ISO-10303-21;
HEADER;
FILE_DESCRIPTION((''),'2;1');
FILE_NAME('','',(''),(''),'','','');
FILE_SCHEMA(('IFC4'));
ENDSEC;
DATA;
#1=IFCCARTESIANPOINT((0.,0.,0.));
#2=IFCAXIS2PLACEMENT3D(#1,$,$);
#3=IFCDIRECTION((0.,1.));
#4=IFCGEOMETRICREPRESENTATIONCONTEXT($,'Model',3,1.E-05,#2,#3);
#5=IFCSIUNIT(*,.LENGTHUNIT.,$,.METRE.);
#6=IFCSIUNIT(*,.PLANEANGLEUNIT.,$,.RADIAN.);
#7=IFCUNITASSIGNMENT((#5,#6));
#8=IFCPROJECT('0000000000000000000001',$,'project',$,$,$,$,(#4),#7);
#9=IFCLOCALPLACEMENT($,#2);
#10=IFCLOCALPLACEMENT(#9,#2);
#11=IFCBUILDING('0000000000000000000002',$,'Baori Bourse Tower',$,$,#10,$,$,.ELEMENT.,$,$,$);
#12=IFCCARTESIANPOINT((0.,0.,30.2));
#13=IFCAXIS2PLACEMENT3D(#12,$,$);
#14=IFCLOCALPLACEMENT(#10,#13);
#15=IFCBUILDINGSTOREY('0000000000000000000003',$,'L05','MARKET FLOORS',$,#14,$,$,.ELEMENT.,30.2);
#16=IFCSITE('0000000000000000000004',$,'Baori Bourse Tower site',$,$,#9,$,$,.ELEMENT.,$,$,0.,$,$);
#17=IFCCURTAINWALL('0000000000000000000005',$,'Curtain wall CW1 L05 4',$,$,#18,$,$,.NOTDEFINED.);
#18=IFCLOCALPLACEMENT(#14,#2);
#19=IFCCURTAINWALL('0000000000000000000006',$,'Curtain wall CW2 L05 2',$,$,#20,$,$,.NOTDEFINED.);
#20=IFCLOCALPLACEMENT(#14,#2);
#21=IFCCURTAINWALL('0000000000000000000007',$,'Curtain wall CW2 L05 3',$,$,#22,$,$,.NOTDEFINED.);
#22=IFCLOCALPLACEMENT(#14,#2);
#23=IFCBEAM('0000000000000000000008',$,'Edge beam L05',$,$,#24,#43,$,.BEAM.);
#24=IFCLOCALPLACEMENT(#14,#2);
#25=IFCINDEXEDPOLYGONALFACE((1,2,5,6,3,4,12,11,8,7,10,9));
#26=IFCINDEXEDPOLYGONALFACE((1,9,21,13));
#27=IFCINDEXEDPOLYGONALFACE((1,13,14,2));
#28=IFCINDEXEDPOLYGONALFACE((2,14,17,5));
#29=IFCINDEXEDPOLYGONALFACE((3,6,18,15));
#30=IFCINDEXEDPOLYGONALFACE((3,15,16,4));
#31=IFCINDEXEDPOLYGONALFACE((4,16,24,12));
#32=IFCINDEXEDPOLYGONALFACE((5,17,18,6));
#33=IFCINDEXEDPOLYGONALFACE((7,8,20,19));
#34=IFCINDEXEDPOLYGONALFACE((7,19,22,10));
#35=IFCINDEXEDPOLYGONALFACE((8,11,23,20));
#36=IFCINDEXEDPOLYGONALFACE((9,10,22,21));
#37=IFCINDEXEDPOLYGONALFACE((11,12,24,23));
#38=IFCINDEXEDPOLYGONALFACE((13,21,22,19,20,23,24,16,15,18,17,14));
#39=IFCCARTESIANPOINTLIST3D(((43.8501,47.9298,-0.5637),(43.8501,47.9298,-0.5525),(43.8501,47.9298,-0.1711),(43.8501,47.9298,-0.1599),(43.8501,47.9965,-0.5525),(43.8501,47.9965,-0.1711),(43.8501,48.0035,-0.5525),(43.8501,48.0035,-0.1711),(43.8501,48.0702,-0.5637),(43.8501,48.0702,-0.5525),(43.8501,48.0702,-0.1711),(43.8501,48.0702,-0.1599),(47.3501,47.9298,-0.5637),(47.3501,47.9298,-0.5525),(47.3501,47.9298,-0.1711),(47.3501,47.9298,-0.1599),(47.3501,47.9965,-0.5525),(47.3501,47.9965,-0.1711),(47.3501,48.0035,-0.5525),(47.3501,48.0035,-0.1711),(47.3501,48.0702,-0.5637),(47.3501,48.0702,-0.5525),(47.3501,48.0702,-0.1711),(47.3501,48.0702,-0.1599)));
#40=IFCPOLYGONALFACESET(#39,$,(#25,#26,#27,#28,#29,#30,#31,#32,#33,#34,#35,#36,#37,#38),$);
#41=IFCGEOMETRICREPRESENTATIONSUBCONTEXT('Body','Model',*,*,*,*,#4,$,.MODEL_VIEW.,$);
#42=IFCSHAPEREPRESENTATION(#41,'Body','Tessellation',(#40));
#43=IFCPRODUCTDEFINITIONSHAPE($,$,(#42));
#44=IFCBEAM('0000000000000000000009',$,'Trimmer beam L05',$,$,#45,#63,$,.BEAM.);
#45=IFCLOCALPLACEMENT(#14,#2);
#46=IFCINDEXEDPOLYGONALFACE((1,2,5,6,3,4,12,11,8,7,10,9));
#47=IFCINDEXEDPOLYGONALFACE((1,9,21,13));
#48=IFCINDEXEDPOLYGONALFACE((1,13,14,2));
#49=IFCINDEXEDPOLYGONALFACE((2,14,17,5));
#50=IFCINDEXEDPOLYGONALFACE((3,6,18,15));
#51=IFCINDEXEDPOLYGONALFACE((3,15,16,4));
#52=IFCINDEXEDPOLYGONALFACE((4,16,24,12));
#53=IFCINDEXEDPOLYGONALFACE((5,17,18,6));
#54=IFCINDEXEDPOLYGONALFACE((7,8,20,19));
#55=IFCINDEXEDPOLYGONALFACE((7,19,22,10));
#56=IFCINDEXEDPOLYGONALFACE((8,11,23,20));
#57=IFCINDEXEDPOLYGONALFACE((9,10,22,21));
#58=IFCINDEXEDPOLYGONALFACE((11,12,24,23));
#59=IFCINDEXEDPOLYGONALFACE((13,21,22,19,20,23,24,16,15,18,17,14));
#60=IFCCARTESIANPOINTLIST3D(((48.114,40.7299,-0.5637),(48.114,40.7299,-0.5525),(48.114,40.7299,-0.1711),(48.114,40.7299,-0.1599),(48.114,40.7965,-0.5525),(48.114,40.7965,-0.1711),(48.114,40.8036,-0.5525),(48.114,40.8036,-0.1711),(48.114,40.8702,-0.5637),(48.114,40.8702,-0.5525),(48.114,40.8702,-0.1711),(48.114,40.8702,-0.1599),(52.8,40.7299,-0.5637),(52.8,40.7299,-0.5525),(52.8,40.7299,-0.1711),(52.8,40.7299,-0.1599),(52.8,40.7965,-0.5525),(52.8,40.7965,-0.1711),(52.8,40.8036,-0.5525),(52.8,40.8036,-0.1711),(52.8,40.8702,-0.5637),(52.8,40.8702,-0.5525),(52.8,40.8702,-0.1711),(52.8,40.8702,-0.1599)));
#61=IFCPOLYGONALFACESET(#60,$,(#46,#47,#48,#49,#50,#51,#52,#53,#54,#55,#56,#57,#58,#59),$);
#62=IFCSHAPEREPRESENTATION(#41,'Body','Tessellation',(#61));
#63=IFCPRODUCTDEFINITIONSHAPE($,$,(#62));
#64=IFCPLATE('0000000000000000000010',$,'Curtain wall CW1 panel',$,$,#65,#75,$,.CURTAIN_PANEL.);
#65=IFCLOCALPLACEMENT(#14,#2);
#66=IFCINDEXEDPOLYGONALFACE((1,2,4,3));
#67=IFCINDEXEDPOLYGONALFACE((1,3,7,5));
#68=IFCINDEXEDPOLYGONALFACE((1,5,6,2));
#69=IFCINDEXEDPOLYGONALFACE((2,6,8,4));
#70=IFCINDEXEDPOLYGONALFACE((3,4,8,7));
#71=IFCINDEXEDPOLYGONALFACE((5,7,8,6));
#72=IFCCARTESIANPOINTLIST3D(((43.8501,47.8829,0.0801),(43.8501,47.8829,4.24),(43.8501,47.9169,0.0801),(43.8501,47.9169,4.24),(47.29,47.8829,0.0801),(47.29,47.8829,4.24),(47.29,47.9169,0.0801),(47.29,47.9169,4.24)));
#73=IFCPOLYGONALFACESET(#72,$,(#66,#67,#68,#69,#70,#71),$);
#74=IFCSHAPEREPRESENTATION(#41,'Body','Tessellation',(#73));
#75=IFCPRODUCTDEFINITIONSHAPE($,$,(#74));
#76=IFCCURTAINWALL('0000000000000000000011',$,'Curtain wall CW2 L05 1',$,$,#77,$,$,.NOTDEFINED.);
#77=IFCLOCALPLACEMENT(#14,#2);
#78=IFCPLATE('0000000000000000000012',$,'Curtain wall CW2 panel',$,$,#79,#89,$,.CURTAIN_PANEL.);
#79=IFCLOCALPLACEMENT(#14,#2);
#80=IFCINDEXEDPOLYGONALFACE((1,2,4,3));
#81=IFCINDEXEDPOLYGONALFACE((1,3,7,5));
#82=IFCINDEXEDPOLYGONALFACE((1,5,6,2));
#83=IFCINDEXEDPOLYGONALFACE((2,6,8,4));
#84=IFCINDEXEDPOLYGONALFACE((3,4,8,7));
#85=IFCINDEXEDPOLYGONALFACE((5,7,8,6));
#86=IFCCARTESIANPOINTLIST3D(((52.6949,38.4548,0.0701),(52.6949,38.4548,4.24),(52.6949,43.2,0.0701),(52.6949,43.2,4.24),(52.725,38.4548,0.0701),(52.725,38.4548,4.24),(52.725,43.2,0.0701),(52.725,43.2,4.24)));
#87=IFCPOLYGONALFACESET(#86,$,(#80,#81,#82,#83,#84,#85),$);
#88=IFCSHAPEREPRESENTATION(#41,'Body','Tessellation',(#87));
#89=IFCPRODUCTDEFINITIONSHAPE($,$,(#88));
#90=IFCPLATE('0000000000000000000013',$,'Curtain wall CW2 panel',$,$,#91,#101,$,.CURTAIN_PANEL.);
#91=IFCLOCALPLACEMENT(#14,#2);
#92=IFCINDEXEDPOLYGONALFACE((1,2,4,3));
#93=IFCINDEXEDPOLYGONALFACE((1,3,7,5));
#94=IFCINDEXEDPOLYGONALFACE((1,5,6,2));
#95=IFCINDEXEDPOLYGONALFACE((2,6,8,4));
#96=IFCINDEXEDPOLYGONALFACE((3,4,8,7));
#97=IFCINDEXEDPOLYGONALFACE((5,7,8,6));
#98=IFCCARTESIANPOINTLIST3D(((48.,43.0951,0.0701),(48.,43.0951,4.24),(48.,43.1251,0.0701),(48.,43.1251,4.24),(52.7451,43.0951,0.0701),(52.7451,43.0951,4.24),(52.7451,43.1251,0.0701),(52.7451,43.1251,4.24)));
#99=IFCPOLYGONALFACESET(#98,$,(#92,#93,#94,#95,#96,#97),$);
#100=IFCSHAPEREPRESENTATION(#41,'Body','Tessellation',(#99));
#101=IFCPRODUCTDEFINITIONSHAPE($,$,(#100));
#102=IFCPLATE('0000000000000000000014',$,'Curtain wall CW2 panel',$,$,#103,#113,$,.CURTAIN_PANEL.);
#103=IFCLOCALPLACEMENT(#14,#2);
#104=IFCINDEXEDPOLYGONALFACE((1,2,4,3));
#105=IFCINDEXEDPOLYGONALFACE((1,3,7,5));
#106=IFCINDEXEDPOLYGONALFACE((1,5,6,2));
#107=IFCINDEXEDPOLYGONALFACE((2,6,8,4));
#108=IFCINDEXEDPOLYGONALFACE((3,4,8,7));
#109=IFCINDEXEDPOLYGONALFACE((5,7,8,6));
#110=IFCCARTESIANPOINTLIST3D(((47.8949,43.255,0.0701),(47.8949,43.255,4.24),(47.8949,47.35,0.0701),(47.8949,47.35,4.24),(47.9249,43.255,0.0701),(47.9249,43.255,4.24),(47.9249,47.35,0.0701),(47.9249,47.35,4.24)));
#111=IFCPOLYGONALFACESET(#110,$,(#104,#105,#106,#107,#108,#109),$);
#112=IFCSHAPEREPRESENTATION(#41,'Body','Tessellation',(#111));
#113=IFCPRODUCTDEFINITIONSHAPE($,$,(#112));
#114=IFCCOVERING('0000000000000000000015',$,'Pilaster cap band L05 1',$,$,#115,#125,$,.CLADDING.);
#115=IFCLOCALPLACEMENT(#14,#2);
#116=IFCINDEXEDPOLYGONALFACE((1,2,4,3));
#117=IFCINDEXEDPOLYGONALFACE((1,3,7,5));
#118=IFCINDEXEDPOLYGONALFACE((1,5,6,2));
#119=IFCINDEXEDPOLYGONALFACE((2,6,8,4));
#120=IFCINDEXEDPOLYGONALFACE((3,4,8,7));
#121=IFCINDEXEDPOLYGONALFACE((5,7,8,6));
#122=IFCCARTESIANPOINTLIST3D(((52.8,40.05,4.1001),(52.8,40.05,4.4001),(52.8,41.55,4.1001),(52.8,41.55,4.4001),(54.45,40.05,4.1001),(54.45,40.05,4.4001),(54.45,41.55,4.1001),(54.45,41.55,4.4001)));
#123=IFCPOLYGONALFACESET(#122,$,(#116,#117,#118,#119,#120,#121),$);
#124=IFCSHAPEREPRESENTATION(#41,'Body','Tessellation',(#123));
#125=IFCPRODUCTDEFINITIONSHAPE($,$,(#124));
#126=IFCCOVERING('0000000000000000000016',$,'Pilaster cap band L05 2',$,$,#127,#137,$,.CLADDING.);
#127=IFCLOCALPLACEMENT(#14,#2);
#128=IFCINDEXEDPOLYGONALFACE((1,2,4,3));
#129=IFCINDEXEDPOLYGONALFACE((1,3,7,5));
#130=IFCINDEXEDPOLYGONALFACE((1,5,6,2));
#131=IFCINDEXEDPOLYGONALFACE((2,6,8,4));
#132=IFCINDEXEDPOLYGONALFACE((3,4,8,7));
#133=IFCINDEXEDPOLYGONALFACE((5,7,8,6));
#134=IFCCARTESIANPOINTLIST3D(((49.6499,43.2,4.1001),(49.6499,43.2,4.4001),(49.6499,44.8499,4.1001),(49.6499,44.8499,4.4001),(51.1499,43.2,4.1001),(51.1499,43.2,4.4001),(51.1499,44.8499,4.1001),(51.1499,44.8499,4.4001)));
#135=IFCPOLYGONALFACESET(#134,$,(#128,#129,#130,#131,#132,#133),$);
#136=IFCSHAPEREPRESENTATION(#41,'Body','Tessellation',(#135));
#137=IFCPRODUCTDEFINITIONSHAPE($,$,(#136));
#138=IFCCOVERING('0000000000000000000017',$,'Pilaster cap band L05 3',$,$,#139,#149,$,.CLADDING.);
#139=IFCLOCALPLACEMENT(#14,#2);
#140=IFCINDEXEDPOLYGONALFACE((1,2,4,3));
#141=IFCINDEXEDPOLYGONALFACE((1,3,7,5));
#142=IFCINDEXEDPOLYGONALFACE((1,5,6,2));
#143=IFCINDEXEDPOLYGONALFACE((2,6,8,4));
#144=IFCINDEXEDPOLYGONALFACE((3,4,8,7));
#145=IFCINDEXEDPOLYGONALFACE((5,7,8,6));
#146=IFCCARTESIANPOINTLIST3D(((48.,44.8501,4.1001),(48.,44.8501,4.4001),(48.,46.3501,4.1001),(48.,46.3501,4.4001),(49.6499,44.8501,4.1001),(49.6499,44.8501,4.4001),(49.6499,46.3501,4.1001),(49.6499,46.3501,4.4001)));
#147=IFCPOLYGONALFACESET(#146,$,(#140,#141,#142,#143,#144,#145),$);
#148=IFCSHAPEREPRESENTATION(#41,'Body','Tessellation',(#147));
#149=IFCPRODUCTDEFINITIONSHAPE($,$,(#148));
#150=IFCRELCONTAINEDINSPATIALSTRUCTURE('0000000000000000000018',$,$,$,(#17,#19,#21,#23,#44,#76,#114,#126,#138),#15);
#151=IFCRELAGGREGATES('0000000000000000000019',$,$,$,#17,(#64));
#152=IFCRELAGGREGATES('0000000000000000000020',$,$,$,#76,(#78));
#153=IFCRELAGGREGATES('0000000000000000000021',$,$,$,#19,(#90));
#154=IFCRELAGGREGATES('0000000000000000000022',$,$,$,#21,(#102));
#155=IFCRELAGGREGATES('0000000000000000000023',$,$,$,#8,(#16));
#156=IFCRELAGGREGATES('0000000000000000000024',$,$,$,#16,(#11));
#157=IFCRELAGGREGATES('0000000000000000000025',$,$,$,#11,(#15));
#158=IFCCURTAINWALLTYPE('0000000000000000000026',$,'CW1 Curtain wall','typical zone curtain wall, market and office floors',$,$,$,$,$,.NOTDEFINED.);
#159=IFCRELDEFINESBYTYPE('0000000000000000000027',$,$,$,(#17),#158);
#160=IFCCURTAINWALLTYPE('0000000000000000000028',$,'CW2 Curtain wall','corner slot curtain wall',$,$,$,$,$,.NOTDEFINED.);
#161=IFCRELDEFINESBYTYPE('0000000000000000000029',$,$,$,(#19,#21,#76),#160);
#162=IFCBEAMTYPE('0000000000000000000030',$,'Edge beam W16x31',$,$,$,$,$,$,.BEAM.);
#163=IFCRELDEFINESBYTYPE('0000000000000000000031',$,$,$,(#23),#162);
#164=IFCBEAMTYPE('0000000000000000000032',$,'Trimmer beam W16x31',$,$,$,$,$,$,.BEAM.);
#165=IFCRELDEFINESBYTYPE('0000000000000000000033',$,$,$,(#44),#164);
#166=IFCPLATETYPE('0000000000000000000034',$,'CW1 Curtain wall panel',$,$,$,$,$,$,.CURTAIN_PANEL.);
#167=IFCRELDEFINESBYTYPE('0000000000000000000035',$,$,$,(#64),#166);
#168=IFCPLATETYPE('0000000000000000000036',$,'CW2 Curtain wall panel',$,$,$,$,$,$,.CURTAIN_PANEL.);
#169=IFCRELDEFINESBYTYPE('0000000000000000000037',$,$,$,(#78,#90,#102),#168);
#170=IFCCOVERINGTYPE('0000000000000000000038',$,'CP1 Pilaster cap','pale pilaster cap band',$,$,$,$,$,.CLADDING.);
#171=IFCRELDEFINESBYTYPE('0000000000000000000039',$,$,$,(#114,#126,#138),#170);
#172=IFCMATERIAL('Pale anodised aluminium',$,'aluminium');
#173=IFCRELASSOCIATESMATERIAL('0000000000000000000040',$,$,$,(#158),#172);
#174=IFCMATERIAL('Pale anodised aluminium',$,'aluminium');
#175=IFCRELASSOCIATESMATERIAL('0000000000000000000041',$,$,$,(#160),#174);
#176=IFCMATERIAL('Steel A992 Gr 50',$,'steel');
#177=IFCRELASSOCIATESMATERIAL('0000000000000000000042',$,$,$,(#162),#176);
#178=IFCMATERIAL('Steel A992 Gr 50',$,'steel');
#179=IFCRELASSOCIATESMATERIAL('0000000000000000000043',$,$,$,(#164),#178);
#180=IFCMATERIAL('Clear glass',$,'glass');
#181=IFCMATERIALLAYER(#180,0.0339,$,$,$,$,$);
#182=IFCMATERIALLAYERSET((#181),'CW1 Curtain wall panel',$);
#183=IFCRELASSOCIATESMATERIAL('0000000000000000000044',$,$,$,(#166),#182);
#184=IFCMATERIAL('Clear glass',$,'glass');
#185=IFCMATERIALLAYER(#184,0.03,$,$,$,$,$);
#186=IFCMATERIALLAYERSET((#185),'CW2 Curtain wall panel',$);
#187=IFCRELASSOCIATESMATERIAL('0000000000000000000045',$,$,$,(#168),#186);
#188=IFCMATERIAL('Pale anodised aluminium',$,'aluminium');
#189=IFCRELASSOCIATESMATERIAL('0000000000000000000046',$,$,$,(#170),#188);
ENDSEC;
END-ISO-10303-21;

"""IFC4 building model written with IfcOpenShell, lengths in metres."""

from ifc_helpers import new_model, si_unit, direction, frame, origin, origin_2d, place, context, subcontext, project, spatial, rectangle, i_section, extrude, material, layer, layer_set, material_profile, profile_set, type_object, element, aggregate, save


model = new_model("IFC4")

# Units and contexts
model_context = context("Model", 3, precision=1e-05, world=origin(), true_north=direction((0.0, 1.0)))
body_context = subcontext(model_context, "Body", "Model", "MODEL_VIEW")
ifc_project = project(units=[si_unit("LENGTHUNIT", "METRE"), si_unit("PLANEANGLEUNIT", "RADIAN")], contexts=[model_context])

# Site, building, storey
site_placement = place(None, origin())
site = spatial("IfcSite", under=ifc_project, at=site_placement, Name="Baori Bourse Tower site", CompositionType="ELEMENT", RefElevation=0.0)
building_placement = place(site_placement, origin())
building = spatial("IfcBuilding", under=site, at=building_placement, Name="Baori Bourse Tower", CompositionType="ELEMENT")
storey_placement = place(building_placement, frame((0.0, 0.0, 30.2)))
storey = spatial("IfcBuildingStorey", under=building, at=storey_placement, Name="L05", Description="MARKET FLOORS", CompositionType="ELEMENT", Elevation=30.2)

# Curtain wall
ifc_material_1 = material(Name="Pale anodised aluminium", Category="aluminium")
curtain_wall_type_1 = type_object("IfcCurtainWallType", Name="CW1 Curtain wall", Description="typical zone curtain wall, market and office floors", PredefinedType="NOTDEFINED", material=ifc_material_1)
curtain_wall_1_placement = place(storey_placement, origin())
curtain_wall_1 = element("IfcCurtainWall", 1, at=curtain_wall_1_placement, inside=storey, type_object=curtain_wall_type_1, Name="Curtain wall CW1 L05 4", PredefinedType="NOTDEFINED")

# Curtain walls
ifc_material_2 = material(Name="Pale anodised aluminium", Category="aluminium")
curtain_wall_type_2 = type_object("IfcCurtainWallType", Name="CW2 Curtain wall", Description="corner slot curtain wall", PredefinedType="NOTDEFINED", material=ifc_material_2)
curtain_wall_2_placement = place(storey_placement, origin())
curtain_wall_2 = element("IfcCurtainWall", 2, at=curtain_wall_2_placement, inside=storey, type_object=curtain_wall_type_2, Name="Curtain wall CW2 L05 2", PredefinedType="NOTDEFINED")
curtain_wall_3_placement = place(storey_placement, origin())
curtain_wall_3 = element("IfcCurtainWall", 3, at=curtain_wall_3_placement, inside=storey, type_object=curtain_wall_type_2, Name="Curtain wall CW2 L05 3", PredefinedType="NOTDEFINED")

# Beams
ifc_material_3 = material(Name="Steel A992 Gr 50", Category="steel")
ifc_material_profile_1 = material_profile(ifc_material_3, i_section(OverallWidth=0.1404, OverallDepth=0.4038, WebThickness=0.0071, FlangeThickness=0.0112, at=origin_2d()), Name="W16x31")
ifc_profile_set_1 = profile_set([ifc_material_profile_1], Name="Steel A992 Gr 50")
beam_type_1 = type_object("IfcBeamType", Name="Edge beam W16x31", PredefinedType="BEAM", material=ifc_profile_set_1)
beam_1_placement = place(storey_placement, frame((43.8501, 48.0, -0.3618), z_axis=(1.0, 0.0, 0.0), x_axis=(0.0, 1.0, 0.0)))
element("IfcBeam", 4, at=beam_1_placement, inside=storey, type_object=beam_type_1, Name="Edge beam L05", PredefinedType="BEAM", context=body_context, shape_type="SweptSolid", body=[
    extrude(i_section(OverallWidth=0.1404, OverallDepth=0.4038, WebThickness=0.0071, FlangeThickness=0.0112, at=origin_2d()), origin(), (0.0, 0.0, 1.0), 3.5),
])
ifc_material_4 = material(Name="Steel A992 Gr 50", Category="steel")
ifc_material_profile_2 = material_profile(ifc_material_4, i_section(OverallWidth=0.1404, OverallDepth=0.4038, WebThickness=0.0071, FlangeThickness=0.0112, at=origin_2d()), Name="W16x31")
ifc_profile_set_2 = profile_set([ifc_material_profile_2], Name="Steel A992 Gr 50")
beam_type_2 = type_object("IfcBeamType", Name="Trimmer beam W16x31", PredefinedType="BEAM", material=ifc_profile_set_2)
beam_2_placement = place(storey_placement, frame((48.114, 40.8, -0.3618), z_axis=(1.0, 0.0, 0.0), x_axis=(0.0, 1.0, 0.0)))
element("IfcBeam", 5, at=beam_2_placement, inside=storey, type_object=beam_type_2, Name="Trimmer beam L05", PredefinedType="BEAM", context=body_context, shape_type="SweptSolid", body=[
    extrude(i_section(OverallWidth=0.1404, OverallDepth=0.4038, WebThickness=0.0071, FlangeThickness=0.0112, at=origin_2d()), origin(), (0.0, 0.0, 1.0), 4.686),
])

# Plate
ifc_material_5 = material(Name="Clear glass", Category="glass")
ifc_layer_1 = layer(ifc_material_5, 0.0339)
ifc_layer_set_1 = layer_set([ifc_layer_1], Name="CW1 Curtain wall panel")
plate_type_1 = type_object("IfcPlateType", Name="CW1 Curtain wall panel", PredefinedType="CURTAIN_PANEL", material=ifc_layer_set_1)
plate_1_placement = place(storey_placement, frame((45.5701, 47.8999, 0.0801), z_axis=(0.0, 0.0, 1.0), x_axis=(-1.0, 0.0, 0.0)))
plate_1 = element("IfcPlate", 6, at=plate_1_placement, type_object=plate_type_1, Name="Curtain wall CW1 panel", PredefinedType="CURTAIN_PANEL", context=body_context, shape_type="SweptSolid", body=[
    extrude(rectangle(XDim=3.4399, YDim=0.0339, at=origin_2d()), origin(), (0.0, 0.0, 1.0), 4.1599),
])
aggregate(curtain_wall_1, [plate_1])

# Curtain wall, plate
curtain_wall_4_placement = place(storey_placement, origin())
curtain_wall_4 = element("IfcCurtainWall", 7, at=curtain_wall_4_placement, inside=storey, type_object=curtain_wall_type_2, Name="Curtain wall CW2 L05 1", PredefinedType="NOTDEFINED")
ifc_material_6 = material(Name="Clear glass", Category="glass")
ifc_layer_2 = layer(ifc_material_6, 0.03)
ifc_layer_set_2 = layer_set([ifc_layer_2], Name="CW2 Curtain wall panel")
plate_type_2 = type_object("IfcPlateType", Name="CW2 Curtain wall panel", PredefinedType="CURTAIN_PANEL", material=ifc_layer_set_2)
plate_2_placement = place(storey_placement, frame((52.71, 40.8274, 0.0701), z_axis=(0.0, 0.0, 1.0), x_axis=(0.0, 1.0, 0.0)))
plate_2 = element("IfcPlate", 8, at=plate_2_placement, type_object=plate_type_2, Name="Curtain wall CW2 panel", PredefinedType="CURTAIN_PANEL", context=body_context, shape_type="SweptSolid", body=[
    extrude(rectangle(XDim=4.7451, YDim=0.03, at=origin_2d()), origin(), (0.0, 0.0, 1.0), 4.1699),
])
aggregate(curtain_wall_4, [plate_2])

# Plates
plate_3_placement = place(storey_placement, frame((50.3726, 43.1101, 0.0701), z_axis=(0.0, 0.0, 1.0), x_axis=(-1.0, 0.0, 0.0)))
plate_3 = element("IfcPlate", 9, at=plate_3_placement, type_object=plate_type_2, Name="Curtain wall CW2 panel", PredefinedType="CURTAIN_PANEL", context=body_context, shape_type="SweptSolid", body=[
    extrude(rectangle(XDim=4.7451, YDim=0.03, at=origin_2d()), origin(), (0.0, 0.0, 1.0), 4.1699),
])
aggregate(curtain_wall_2, [plate_3])
plate_4_placement = place(storey_placement, frame((47.9099, 45.3025, 0.0701), z_axis=(0.0, 0.0, 1.0), x_axis=(0.0, 1.0, 0.0)))
plate_4 = element("IfcPlate", 10, at=plate_4_placement, type_object=plate_type_2, Name="Curtain wall CW2 panel", PredefinedType="CURTAIN_PANEL", context=body_context, shape_type="SweptSolid", body=[
    extrude(rectangle(XDim=4.095, YDim=0.03, at=origin_2d()), origin(), (0.0, 0.0, 1.0), 4.1699),
])
aggregate(curtain_wall_3, [plate_4])

# Coverings
ifc_material_7 = material(Name="Pale anodised aluminium", Category="aluminium")
covering_type = type_object("IfcCoveringType", Name="CP1 Pilaster cap", Description="pale pilaster cap band", PredefinedType="CLADDING", material=ifc_material_7)
for number, where, z_axis, x_axis, name in (
    (11, (53.625, 40.8, 4.1001), (0.0, 0.0, 1.0), (0.0, 1.0, 0.0), "Pilaster cap band L05 1"),
    (12, (50.3999, 44.0249, 4.1001), (0.0, 0.0, 1.0), (-1.0, 0.0, 0.0), "Pilaster cap band L05 2"),
    (13, (48.825, 45.6001, 4.1001), (0.0, 0.0, 1.0), (0.0, 1.0, 0.0), "Pilaster cap band L05 3"),
):
    element("IfcCovering", number, at=place(storey_placement, frame(where, z_axis=z_axis, x_axis=x_axis)), inside=storey, type_object=covering_type, Name=name, PredefinedType="CLADDING", context=body_context, shape_type="SweptSolid", body=[
        extrude(rectangle(XDim=1.5, YDim=1.6499, at=origin_2d()), origin(), (0.0, 0.0, 1.0), 0.3),
    ])

save(model, "model.ifc")
